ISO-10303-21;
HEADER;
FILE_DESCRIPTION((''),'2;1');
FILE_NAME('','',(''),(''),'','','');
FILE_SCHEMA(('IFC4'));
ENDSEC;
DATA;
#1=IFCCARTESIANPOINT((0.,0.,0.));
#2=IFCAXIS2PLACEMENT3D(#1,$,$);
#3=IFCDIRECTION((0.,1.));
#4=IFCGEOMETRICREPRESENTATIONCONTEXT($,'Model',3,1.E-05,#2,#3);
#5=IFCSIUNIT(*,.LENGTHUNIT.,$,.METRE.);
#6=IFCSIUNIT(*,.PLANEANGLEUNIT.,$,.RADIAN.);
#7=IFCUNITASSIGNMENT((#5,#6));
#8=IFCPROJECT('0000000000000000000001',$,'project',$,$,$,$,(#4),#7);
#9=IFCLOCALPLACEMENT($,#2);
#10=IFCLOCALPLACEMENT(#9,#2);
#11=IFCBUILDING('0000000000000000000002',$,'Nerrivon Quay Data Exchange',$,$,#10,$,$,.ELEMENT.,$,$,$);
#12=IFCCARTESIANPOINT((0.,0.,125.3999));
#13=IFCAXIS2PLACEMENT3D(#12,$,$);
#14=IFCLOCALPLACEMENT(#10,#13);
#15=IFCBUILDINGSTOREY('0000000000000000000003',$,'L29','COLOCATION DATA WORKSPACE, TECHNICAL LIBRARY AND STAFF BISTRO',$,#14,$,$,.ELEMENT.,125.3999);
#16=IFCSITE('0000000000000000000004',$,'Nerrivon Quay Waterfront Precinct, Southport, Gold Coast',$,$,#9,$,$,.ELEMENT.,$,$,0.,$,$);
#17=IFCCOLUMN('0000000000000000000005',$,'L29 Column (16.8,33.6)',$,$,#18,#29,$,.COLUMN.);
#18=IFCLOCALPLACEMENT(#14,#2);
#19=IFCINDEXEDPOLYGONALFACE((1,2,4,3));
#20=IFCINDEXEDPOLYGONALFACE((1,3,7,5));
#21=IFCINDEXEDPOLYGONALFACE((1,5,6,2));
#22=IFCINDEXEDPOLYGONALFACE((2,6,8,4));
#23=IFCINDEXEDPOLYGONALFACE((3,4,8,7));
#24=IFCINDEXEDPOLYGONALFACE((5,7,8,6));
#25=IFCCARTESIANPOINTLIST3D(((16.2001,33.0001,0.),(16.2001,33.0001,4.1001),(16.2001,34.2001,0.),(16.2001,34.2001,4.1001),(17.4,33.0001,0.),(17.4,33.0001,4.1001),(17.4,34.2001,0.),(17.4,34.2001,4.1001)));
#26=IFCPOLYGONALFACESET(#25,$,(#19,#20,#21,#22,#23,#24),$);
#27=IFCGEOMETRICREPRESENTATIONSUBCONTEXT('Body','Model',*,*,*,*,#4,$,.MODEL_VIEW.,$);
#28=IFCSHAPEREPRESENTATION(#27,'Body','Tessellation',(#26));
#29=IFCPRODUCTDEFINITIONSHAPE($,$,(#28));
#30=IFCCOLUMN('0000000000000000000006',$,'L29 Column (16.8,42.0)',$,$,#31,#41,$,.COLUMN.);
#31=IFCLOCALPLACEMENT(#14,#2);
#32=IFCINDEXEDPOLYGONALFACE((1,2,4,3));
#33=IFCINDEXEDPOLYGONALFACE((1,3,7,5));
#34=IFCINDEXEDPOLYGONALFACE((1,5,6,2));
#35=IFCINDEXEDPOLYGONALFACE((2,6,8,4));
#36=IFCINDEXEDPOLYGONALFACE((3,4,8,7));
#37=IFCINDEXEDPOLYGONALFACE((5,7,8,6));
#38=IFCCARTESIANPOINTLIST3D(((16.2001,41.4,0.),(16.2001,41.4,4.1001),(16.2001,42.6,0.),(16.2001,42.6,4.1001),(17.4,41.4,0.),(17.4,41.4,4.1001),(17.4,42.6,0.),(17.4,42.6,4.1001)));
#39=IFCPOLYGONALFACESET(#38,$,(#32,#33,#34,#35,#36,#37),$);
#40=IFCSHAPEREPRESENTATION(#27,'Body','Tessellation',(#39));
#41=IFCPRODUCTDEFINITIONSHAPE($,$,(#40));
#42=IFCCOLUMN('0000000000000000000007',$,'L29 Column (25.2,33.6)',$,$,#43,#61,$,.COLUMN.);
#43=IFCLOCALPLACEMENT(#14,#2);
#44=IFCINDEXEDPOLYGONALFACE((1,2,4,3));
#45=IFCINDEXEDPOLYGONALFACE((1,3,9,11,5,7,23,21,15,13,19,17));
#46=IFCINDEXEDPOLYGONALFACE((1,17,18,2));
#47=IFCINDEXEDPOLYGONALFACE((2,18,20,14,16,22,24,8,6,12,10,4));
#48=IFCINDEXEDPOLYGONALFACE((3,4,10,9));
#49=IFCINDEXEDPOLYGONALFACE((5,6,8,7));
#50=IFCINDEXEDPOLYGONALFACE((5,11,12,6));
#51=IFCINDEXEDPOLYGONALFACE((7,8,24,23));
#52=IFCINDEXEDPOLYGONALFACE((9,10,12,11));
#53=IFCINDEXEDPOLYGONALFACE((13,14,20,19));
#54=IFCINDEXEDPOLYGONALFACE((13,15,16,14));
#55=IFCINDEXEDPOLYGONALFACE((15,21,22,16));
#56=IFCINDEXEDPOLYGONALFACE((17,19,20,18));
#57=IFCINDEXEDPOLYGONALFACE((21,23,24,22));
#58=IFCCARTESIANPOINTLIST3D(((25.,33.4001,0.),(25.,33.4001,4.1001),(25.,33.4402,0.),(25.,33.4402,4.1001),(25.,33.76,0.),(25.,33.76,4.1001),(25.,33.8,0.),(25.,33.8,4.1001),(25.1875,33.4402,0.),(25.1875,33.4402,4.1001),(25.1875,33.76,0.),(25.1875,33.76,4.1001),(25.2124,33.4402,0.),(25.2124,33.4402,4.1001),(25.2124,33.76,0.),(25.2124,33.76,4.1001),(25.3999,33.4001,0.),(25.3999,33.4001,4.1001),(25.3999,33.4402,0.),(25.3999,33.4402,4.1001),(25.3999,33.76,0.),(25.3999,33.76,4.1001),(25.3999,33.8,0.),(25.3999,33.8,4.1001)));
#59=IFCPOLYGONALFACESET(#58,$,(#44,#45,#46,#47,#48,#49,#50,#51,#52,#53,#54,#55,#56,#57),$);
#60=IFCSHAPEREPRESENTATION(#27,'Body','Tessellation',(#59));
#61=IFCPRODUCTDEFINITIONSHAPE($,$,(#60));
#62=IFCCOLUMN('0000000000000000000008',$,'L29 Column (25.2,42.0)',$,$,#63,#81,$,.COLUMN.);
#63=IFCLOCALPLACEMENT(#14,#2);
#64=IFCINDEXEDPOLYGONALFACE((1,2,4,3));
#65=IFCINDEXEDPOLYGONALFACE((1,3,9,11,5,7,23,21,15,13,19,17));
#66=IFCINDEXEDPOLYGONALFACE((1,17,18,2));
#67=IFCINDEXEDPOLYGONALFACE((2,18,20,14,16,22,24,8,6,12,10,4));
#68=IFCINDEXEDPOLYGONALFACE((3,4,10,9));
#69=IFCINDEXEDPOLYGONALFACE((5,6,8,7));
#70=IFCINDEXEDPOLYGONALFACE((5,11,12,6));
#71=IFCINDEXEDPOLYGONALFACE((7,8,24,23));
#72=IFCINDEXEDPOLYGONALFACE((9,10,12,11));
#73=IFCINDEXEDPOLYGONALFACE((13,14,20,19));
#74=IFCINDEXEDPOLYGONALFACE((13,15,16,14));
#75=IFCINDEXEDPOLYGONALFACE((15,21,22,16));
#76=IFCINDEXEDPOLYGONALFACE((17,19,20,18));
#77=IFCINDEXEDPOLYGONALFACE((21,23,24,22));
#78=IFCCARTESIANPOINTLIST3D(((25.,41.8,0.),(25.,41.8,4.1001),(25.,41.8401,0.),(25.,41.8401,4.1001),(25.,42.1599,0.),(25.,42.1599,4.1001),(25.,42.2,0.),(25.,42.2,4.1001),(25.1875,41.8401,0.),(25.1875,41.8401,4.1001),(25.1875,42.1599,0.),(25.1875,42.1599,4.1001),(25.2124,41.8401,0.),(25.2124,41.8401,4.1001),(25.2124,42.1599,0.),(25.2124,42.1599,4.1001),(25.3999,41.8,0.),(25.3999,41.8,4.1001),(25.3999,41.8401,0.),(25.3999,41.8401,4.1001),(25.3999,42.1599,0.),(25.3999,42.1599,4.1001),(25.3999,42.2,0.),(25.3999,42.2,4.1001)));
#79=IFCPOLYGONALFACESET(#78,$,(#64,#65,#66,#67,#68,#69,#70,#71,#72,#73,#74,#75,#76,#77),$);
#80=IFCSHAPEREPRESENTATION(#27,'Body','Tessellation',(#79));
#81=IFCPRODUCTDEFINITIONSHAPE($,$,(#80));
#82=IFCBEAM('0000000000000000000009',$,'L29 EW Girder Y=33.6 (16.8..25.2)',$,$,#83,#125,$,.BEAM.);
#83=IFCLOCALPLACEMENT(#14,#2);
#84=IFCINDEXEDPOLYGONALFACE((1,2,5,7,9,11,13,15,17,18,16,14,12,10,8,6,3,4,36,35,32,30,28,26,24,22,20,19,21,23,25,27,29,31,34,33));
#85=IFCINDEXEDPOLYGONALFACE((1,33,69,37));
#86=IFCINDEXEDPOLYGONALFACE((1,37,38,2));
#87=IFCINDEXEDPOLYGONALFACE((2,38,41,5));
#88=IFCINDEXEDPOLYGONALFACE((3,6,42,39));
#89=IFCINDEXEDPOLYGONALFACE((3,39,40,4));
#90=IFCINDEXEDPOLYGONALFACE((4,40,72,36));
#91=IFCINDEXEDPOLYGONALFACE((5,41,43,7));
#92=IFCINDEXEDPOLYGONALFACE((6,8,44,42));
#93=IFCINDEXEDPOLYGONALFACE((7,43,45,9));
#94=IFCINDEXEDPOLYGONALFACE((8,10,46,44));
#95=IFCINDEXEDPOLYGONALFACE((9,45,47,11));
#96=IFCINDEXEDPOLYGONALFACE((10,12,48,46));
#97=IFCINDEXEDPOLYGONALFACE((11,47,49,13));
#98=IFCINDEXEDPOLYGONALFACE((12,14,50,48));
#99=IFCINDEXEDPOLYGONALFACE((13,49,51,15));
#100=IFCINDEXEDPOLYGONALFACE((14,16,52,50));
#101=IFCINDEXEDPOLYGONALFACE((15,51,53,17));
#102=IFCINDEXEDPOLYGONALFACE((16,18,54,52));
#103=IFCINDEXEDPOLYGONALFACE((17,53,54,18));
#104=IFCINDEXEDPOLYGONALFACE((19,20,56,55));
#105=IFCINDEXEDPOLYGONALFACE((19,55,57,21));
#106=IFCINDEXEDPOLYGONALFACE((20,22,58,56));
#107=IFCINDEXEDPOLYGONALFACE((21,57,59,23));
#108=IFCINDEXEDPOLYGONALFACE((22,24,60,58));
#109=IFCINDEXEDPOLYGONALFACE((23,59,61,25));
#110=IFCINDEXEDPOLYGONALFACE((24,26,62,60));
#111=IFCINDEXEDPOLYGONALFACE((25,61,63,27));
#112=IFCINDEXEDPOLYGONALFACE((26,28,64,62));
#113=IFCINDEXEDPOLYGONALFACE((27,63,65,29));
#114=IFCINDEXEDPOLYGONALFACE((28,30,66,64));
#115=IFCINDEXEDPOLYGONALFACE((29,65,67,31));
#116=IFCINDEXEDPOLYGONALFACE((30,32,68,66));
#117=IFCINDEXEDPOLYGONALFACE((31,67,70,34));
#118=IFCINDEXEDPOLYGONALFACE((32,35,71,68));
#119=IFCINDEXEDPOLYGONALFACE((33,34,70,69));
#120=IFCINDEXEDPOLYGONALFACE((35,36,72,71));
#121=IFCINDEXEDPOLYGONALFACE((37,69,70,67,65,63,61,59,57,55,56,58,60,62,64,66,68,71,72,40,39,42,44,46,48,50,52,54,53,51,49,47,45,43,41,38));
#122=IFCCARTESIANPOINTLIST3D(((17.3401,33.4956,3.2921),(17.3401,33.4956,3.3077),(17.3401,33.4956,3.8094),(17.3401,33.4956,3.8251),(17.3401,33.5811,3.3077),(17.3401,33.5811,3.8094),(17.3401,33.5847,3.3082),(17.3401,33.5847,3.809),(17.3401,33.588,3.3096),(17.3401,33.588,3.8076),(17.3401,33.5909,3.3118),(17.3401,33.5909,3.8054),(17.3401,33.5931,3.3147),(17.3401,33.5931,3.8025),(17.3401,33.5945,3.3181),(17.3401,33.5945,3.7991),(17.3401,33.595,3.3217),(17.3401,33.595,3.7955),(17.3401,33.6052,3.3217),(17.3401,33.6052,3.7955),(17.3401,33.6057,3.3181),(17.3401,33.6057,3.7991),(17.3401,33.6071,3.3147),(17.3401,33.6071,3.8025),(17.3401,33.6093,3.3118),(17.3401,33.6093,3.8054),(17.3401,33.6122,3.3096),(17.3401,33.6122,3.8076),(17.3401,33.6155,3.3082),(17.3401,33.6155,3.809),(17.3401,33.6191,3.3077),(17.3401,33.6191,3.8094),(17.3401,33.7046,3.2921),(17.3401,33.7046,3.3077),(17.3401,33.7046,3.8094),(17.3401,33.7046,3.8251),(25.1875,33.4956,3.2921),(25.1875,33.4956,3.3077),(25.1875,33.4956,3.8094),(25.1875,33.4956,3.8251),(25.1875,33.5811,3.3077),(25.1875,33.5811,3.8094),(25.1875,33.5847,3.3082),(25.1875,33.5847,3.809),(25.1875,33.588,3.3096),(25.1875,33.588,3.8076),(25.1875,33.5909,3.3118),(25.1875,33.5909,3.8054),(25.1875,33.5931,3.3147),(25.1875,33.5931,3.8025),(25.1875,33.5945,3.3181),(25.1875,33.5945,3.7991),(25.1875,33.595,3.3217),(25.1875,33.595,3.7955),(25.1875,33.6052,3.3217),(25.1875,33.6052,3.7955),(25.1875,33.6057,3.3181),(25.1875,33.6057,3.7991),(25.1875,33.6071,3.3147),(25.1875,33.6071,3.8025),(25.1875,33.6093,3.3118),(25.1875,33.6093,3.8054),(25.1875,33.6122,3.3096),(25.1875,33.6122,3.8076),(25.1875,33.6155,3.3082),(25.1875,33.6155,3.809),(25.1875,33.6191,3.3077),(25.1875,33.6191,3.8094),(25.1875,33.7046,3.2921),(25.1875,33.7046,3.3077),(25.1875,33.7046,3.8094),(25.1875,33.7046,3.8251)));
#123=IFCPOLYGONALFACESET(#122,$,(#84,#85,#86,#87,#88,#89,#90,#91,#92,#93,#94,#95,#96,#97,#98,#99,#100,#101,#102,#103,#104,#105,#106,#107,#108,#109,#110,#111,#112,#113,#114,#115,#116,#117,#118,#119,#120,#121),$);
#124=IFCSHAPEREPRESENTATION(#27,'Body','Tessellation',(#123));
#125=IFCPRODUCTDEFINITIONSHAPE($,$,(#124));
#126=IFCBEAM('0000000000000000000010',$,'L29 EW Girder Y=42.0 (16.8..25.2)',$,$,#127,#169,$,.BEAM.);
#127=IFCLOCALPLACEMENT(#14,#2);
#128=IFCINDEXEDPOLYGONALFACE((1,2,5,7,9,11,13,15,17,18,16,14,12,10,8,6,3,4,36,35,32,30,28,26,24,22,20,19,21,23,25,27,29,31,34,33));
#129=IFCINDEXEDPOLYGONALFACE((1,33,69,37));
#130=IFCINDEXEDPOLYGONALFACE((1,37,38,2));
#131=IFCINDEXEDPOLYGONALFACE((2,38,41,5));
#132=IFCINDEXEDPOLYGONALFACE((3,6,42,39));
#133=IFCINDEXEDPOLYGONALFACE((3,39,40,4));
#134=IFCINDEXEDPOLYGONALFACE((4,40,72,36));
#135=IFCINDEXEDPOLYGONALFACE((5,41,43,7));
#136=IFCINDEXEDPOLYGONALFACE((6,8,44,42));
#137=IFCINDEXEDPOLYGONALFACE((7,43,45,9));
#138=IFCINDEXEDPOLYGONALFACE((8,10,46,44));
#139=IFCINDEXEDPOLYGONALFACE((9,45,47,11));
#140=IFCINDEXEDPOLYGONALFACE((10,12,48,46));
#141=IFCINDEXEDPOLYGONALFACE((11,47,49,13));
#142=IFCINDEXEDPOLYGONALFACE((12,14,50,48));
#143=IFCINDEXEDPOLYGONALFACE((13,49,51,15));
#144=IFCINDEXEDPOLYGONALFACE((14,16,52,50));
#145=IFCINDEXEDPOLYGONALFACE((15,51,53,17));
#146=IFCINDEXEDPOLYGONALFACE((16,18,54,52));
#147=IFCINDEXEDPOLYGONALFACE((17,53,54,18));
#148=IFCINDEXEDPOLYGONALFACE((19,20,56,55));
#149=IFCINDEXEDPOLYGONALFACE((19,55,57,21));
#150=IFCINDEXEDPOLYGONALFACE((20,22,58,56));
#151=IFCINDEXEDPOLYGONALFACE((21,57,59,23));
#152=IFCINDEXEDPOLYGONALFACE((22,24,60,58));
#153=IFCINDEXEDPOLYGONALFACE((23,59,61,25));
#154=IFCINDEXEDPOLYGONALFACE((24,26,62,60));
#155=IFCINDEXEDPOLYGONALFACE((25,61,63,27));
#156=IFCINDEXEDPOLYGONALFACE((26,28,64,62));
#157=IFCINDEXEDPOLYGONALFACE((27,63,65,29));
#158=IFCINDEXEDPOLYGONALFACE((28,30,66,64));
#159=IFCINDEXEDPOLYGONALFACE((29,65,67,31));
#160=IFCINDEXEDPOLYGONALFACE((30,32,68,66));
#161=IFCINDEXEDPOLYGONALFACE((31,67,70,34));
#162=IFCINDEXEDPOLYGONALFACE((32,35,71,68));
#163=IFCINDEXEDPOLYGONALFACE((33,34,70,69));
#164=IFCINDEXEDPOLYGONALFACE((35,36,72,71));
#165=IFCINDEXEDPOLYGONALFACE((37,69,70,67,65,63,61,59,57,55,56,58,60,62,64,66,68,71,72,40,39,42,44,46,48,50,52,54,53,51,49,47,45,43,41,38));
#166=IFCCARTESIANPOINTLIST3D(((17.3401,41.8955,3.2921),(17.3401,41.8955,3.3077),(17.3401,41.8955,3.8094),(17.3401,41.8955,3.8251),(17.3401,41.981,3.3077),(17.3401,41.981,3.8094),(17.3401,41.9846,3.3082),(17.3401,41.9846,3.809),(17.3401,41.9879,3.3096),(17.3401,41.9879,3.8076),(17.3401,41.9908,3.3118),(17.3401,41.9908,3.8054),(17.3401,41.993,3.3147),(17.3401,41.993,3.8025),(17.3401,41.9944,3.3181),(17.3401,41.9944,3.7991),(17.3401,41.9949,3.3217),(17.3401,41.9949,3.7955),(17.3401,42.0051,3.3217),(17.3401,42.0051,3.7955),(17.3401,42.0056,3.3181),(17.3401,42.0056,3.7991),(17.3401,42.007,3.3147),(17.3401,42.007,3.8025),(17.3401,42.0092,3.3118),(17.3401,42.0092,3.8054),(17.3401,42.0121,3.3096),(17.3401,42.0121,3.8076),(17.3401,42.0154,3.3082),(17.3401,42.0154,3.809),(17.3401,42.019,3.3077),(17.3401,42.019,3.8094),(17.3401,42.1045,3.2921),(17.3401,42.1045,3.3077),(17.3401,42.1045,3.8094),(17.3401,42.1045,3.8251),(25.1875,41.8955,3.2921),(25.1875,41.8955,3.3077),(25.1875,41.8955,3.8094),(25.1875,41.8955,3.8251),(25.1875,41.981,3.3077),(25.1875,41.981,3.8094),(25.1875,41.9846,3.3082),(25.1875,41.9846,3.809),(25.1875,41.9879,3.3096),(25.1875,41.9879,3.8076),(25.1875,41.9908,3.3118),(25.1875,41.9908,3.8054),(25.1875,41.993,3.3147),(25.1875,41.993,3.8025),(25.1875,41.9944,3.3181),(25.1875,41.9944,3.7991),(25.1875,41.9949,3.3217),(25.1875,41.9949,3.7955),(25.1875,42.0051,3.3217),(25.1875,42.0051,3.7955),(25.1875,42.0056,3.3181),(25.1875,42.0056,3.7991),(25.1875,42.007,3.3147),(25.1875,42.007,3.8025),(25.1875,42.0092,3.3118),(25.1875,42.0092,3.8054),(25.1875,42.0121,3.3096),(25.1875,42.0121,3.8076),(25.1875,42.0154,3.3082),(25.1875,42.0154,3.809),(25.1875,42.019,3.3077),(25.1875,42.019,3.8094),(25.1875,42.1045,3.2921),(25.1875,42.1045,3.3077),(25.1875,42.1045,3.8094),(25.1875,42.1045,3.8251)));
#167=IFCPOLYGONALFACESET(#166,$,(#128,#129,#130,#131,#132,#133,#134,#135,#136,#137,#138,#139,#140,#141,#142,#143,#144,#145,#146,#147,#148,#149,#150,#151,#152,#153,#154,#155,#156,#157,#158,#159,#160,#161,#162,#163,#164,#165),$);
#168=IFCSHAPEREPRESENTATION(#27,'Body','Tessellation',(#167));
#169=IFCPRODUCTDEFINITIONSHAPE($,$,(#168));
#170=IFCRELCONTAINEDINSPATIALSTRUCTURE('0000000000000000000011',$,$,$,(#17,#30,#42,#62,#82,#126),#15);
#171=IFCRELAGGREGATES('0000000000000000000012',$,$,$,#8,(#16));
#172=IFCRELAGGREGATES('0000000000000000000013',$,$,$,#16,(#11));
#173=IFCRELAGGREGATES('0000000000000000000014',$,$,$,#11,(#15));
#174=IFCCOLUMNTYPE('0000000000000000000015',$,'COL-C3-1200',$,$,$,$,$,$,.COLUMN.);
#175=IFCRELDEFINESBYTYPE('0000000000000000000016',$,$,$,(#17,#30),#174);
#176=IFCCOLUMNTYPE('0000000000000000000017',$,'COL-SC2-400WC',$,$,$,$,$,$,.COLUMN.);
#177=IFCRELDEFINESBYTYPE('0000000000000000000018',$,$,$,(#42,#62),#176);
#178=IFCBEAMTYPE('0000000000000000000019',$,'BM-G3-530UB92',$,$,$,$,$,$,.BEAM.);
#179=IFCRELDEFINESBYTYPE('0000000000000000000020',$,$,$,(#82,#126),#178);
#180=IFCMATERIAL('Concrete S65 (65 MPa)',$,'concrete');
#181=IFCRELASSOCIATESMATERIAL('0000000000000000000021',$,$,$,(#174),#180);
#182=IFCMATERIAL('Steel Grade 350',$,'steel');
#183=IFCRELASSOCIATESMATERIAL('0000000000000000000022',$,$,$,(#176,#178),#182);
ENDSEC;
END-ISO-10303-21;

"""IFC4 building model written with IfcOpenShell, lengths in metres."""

from ifc_helpers import new_model, si_unit, direction, frame, origin, origin_2d, place, context, subcontext, project, spatial, rectangle, i_section, extrude, material, material_profile, profile_set, type_object, element, save


model = new_model("IFC4")

# Units and contexts
model_context = context("Model", 3, precision=1e-05, world=origin(), true_north=direction((0.0, 1.0)))
body_context = subcontext(model_context, "Body", "Model", "MODEL_VIEW")
ifc_project = project(units=[si_unit("LENGTHUNIT", "METRE"), si_unit("PLANEANGLEUNIT", "RADIAN")], contexts=[model_context])

# Site, building, storey
site_placement = place(None, origin())
site = spatial("IfcSite", under=ifc_project, at=site_placement, Name="Nerrivon Quay Waterfront Precinct, Southport, Gold Coast", CompositionType="ELEMENT", RefElevation=0.0)
building_placement = place(site_placement, origin())
building = spatial("IfcBuilding", under=site, at=building_placement, Name="Nerrivon Quay Data Exchange", CompositionType="ELEMENT")
storey_placement = place(building_placement, frame((0.0, 0.0, 125.3999)))
storey = spatial("IfcBuildingStorey", under=building, at=storey_placement, Name="L29", Description="COLOCATION DATA WORKSPACE, TECHNICAL LIBRARY AND STAFF BISTRO", CompositionType="ELEMENT", Elevation=125.3999)

# Columns
ifc_material_1 = material(Name="Concrete S65 (65 MPa)", Category="concrete")
ifc_material_profile_1 = material_profile(ifc_material_1, rectangle(XDim=1.2, YDim=1.2, at=origin_2d()), Name="RC-COL-1200x1200")
ifc_profile_set_1 = profile_set([ifc_material_profile_1], Name="Concrete S65 (65 MPa)")
column_type_1 = type_object("IfcColumnType", Name="COL-C3-1200", PredefinedType="COLUMN", material=ifc_profile_set_1)
for number, where, z_axis, x_axis, name in (
    (1, (16.8, 33.6001, 0.0), (0.0, 0.0, 1.0), (1.0, 0.0, 0.0), "L29 Column (16.8,33.6)"),
    (2, (16.8, 42.0, 0.0), (0.0, 0.0, 1.0), (1.0, 0.0, 0.0), "L29 Column (16.8,42.0)"),
):
    element("IfcColumn", number, at=place(storey_placement, frame(where, z_axis=z_axis, x_axis=x_axis)), inside=storey, type_object=column_type_1, Name=name, PredefinedType="COLUMN", context=body_context, shape_type="SweptSolid", body=[
        extrude(rectangle(XDim=1.2, YDim=1.2, at=origin_2d()), origin(), (0.0, 0.0, 1.0), 4.1001),
    ])
ifc_material_2 = material(Name="Steel Grade 350", Category="steel")
ifc_material_profile_2 = material_profile(ifc_material_2, i_section(OverallWidth=0.3999, OverallDepth=0.3999, WebThickness=0.0249, FlangeThickness=0.04, at=origin_2d()), Name="400WC328")
ifc_profile_set_2 = profile_set([ifc_material_profile_2], Name="Steel Grade 350")
column_type_2 = type_object("IfcColumnType", Name="COL-SC2-400WC", PredefinedType="COLUMN", material=ifc_profile_set_2)
for number, where, z_axis, x_axis, name in (
    (3, (25.2, 33.6001, 0.0), (0.0, 0.0, 1.0), (1.0, 0.0, 0.0), "L29 Column (25.2,33.6)"),
    (4, (25.2, 42.0, 0.0), (0.0, 0.0, 1.0), (1.0, 0.0, 0.0), "L29 Column (25.2,42.0)"),
):
    element("IfcColumn", number, at=place(storey_placement, frame(where, z_axis=z_axis, x_axis=x_axis)), inside=storey, type_object=column_type_2, Name=name, PredefinedType="COLUMN", context=body_context, shape_type="SweptSolid", body=[
        extrude(i_section(OverallWidth=0.3999, OverallDepth=0.3999, WebThickness=0.0249, FlangeThickness=0.04, at=origin_2d()), origin(), (0.0, 0.0, 1.0), 4.1001),
    ])

# Beams
ifc_material_profile_3 = material_profile(ifc_material_2, i_section(OverallWidth=0.209, OverallDepth=0.533, WebThickness=0.0103, FlangeThickness=0.0156, FilletRadius=0.0139, at=origin_2d()), Name="530UB92.4")
ifc_profile_set_3 = profile_set([ifc_material_profile_3], Name="Steel Grade 350")
beam_type_1 = type_object("IfcBeamType", Name="BM-G3-530UB92", PredefinedType="BEAM", material=ifc_profile_set_3)
for number, where, z_axis, x_axis, name in (
    (5, (17.3401, 33.6001, 3.5586), (1.0, 0.0, 0.0), (0.0, 1.0, 0.0), "L29 EW Girder Y=33.6 (16.8..25.2)"),
    (6, (17.3401, 42.0, 3.5586), (1.0, 0.0, 0.0), (0.0, 1.0, 0.0), "L29 EW Girder Y=42.0 (16.8..25.2)"),
):
    element("IfcBeam", number, at=place(storey_placement, frame(where, z_axis=z_axis, x_axis=x_axis)), inside=storey, type_object=beam_type_1, Name=name, PredefinedType="BEAM", context=body_context, shape_type="SweptSolid", body=[
        extrude(i_section(OverallWidth=0.209, OverallDepth=0.533, WebThickness=0.0103, FlangeThickness=0.0156, FilletRadius=0.0139, at=origin_2d()), origin(), (0.0, 0.0, 1.0), 7.8474),
    ])

save(model, "model.ifc")
